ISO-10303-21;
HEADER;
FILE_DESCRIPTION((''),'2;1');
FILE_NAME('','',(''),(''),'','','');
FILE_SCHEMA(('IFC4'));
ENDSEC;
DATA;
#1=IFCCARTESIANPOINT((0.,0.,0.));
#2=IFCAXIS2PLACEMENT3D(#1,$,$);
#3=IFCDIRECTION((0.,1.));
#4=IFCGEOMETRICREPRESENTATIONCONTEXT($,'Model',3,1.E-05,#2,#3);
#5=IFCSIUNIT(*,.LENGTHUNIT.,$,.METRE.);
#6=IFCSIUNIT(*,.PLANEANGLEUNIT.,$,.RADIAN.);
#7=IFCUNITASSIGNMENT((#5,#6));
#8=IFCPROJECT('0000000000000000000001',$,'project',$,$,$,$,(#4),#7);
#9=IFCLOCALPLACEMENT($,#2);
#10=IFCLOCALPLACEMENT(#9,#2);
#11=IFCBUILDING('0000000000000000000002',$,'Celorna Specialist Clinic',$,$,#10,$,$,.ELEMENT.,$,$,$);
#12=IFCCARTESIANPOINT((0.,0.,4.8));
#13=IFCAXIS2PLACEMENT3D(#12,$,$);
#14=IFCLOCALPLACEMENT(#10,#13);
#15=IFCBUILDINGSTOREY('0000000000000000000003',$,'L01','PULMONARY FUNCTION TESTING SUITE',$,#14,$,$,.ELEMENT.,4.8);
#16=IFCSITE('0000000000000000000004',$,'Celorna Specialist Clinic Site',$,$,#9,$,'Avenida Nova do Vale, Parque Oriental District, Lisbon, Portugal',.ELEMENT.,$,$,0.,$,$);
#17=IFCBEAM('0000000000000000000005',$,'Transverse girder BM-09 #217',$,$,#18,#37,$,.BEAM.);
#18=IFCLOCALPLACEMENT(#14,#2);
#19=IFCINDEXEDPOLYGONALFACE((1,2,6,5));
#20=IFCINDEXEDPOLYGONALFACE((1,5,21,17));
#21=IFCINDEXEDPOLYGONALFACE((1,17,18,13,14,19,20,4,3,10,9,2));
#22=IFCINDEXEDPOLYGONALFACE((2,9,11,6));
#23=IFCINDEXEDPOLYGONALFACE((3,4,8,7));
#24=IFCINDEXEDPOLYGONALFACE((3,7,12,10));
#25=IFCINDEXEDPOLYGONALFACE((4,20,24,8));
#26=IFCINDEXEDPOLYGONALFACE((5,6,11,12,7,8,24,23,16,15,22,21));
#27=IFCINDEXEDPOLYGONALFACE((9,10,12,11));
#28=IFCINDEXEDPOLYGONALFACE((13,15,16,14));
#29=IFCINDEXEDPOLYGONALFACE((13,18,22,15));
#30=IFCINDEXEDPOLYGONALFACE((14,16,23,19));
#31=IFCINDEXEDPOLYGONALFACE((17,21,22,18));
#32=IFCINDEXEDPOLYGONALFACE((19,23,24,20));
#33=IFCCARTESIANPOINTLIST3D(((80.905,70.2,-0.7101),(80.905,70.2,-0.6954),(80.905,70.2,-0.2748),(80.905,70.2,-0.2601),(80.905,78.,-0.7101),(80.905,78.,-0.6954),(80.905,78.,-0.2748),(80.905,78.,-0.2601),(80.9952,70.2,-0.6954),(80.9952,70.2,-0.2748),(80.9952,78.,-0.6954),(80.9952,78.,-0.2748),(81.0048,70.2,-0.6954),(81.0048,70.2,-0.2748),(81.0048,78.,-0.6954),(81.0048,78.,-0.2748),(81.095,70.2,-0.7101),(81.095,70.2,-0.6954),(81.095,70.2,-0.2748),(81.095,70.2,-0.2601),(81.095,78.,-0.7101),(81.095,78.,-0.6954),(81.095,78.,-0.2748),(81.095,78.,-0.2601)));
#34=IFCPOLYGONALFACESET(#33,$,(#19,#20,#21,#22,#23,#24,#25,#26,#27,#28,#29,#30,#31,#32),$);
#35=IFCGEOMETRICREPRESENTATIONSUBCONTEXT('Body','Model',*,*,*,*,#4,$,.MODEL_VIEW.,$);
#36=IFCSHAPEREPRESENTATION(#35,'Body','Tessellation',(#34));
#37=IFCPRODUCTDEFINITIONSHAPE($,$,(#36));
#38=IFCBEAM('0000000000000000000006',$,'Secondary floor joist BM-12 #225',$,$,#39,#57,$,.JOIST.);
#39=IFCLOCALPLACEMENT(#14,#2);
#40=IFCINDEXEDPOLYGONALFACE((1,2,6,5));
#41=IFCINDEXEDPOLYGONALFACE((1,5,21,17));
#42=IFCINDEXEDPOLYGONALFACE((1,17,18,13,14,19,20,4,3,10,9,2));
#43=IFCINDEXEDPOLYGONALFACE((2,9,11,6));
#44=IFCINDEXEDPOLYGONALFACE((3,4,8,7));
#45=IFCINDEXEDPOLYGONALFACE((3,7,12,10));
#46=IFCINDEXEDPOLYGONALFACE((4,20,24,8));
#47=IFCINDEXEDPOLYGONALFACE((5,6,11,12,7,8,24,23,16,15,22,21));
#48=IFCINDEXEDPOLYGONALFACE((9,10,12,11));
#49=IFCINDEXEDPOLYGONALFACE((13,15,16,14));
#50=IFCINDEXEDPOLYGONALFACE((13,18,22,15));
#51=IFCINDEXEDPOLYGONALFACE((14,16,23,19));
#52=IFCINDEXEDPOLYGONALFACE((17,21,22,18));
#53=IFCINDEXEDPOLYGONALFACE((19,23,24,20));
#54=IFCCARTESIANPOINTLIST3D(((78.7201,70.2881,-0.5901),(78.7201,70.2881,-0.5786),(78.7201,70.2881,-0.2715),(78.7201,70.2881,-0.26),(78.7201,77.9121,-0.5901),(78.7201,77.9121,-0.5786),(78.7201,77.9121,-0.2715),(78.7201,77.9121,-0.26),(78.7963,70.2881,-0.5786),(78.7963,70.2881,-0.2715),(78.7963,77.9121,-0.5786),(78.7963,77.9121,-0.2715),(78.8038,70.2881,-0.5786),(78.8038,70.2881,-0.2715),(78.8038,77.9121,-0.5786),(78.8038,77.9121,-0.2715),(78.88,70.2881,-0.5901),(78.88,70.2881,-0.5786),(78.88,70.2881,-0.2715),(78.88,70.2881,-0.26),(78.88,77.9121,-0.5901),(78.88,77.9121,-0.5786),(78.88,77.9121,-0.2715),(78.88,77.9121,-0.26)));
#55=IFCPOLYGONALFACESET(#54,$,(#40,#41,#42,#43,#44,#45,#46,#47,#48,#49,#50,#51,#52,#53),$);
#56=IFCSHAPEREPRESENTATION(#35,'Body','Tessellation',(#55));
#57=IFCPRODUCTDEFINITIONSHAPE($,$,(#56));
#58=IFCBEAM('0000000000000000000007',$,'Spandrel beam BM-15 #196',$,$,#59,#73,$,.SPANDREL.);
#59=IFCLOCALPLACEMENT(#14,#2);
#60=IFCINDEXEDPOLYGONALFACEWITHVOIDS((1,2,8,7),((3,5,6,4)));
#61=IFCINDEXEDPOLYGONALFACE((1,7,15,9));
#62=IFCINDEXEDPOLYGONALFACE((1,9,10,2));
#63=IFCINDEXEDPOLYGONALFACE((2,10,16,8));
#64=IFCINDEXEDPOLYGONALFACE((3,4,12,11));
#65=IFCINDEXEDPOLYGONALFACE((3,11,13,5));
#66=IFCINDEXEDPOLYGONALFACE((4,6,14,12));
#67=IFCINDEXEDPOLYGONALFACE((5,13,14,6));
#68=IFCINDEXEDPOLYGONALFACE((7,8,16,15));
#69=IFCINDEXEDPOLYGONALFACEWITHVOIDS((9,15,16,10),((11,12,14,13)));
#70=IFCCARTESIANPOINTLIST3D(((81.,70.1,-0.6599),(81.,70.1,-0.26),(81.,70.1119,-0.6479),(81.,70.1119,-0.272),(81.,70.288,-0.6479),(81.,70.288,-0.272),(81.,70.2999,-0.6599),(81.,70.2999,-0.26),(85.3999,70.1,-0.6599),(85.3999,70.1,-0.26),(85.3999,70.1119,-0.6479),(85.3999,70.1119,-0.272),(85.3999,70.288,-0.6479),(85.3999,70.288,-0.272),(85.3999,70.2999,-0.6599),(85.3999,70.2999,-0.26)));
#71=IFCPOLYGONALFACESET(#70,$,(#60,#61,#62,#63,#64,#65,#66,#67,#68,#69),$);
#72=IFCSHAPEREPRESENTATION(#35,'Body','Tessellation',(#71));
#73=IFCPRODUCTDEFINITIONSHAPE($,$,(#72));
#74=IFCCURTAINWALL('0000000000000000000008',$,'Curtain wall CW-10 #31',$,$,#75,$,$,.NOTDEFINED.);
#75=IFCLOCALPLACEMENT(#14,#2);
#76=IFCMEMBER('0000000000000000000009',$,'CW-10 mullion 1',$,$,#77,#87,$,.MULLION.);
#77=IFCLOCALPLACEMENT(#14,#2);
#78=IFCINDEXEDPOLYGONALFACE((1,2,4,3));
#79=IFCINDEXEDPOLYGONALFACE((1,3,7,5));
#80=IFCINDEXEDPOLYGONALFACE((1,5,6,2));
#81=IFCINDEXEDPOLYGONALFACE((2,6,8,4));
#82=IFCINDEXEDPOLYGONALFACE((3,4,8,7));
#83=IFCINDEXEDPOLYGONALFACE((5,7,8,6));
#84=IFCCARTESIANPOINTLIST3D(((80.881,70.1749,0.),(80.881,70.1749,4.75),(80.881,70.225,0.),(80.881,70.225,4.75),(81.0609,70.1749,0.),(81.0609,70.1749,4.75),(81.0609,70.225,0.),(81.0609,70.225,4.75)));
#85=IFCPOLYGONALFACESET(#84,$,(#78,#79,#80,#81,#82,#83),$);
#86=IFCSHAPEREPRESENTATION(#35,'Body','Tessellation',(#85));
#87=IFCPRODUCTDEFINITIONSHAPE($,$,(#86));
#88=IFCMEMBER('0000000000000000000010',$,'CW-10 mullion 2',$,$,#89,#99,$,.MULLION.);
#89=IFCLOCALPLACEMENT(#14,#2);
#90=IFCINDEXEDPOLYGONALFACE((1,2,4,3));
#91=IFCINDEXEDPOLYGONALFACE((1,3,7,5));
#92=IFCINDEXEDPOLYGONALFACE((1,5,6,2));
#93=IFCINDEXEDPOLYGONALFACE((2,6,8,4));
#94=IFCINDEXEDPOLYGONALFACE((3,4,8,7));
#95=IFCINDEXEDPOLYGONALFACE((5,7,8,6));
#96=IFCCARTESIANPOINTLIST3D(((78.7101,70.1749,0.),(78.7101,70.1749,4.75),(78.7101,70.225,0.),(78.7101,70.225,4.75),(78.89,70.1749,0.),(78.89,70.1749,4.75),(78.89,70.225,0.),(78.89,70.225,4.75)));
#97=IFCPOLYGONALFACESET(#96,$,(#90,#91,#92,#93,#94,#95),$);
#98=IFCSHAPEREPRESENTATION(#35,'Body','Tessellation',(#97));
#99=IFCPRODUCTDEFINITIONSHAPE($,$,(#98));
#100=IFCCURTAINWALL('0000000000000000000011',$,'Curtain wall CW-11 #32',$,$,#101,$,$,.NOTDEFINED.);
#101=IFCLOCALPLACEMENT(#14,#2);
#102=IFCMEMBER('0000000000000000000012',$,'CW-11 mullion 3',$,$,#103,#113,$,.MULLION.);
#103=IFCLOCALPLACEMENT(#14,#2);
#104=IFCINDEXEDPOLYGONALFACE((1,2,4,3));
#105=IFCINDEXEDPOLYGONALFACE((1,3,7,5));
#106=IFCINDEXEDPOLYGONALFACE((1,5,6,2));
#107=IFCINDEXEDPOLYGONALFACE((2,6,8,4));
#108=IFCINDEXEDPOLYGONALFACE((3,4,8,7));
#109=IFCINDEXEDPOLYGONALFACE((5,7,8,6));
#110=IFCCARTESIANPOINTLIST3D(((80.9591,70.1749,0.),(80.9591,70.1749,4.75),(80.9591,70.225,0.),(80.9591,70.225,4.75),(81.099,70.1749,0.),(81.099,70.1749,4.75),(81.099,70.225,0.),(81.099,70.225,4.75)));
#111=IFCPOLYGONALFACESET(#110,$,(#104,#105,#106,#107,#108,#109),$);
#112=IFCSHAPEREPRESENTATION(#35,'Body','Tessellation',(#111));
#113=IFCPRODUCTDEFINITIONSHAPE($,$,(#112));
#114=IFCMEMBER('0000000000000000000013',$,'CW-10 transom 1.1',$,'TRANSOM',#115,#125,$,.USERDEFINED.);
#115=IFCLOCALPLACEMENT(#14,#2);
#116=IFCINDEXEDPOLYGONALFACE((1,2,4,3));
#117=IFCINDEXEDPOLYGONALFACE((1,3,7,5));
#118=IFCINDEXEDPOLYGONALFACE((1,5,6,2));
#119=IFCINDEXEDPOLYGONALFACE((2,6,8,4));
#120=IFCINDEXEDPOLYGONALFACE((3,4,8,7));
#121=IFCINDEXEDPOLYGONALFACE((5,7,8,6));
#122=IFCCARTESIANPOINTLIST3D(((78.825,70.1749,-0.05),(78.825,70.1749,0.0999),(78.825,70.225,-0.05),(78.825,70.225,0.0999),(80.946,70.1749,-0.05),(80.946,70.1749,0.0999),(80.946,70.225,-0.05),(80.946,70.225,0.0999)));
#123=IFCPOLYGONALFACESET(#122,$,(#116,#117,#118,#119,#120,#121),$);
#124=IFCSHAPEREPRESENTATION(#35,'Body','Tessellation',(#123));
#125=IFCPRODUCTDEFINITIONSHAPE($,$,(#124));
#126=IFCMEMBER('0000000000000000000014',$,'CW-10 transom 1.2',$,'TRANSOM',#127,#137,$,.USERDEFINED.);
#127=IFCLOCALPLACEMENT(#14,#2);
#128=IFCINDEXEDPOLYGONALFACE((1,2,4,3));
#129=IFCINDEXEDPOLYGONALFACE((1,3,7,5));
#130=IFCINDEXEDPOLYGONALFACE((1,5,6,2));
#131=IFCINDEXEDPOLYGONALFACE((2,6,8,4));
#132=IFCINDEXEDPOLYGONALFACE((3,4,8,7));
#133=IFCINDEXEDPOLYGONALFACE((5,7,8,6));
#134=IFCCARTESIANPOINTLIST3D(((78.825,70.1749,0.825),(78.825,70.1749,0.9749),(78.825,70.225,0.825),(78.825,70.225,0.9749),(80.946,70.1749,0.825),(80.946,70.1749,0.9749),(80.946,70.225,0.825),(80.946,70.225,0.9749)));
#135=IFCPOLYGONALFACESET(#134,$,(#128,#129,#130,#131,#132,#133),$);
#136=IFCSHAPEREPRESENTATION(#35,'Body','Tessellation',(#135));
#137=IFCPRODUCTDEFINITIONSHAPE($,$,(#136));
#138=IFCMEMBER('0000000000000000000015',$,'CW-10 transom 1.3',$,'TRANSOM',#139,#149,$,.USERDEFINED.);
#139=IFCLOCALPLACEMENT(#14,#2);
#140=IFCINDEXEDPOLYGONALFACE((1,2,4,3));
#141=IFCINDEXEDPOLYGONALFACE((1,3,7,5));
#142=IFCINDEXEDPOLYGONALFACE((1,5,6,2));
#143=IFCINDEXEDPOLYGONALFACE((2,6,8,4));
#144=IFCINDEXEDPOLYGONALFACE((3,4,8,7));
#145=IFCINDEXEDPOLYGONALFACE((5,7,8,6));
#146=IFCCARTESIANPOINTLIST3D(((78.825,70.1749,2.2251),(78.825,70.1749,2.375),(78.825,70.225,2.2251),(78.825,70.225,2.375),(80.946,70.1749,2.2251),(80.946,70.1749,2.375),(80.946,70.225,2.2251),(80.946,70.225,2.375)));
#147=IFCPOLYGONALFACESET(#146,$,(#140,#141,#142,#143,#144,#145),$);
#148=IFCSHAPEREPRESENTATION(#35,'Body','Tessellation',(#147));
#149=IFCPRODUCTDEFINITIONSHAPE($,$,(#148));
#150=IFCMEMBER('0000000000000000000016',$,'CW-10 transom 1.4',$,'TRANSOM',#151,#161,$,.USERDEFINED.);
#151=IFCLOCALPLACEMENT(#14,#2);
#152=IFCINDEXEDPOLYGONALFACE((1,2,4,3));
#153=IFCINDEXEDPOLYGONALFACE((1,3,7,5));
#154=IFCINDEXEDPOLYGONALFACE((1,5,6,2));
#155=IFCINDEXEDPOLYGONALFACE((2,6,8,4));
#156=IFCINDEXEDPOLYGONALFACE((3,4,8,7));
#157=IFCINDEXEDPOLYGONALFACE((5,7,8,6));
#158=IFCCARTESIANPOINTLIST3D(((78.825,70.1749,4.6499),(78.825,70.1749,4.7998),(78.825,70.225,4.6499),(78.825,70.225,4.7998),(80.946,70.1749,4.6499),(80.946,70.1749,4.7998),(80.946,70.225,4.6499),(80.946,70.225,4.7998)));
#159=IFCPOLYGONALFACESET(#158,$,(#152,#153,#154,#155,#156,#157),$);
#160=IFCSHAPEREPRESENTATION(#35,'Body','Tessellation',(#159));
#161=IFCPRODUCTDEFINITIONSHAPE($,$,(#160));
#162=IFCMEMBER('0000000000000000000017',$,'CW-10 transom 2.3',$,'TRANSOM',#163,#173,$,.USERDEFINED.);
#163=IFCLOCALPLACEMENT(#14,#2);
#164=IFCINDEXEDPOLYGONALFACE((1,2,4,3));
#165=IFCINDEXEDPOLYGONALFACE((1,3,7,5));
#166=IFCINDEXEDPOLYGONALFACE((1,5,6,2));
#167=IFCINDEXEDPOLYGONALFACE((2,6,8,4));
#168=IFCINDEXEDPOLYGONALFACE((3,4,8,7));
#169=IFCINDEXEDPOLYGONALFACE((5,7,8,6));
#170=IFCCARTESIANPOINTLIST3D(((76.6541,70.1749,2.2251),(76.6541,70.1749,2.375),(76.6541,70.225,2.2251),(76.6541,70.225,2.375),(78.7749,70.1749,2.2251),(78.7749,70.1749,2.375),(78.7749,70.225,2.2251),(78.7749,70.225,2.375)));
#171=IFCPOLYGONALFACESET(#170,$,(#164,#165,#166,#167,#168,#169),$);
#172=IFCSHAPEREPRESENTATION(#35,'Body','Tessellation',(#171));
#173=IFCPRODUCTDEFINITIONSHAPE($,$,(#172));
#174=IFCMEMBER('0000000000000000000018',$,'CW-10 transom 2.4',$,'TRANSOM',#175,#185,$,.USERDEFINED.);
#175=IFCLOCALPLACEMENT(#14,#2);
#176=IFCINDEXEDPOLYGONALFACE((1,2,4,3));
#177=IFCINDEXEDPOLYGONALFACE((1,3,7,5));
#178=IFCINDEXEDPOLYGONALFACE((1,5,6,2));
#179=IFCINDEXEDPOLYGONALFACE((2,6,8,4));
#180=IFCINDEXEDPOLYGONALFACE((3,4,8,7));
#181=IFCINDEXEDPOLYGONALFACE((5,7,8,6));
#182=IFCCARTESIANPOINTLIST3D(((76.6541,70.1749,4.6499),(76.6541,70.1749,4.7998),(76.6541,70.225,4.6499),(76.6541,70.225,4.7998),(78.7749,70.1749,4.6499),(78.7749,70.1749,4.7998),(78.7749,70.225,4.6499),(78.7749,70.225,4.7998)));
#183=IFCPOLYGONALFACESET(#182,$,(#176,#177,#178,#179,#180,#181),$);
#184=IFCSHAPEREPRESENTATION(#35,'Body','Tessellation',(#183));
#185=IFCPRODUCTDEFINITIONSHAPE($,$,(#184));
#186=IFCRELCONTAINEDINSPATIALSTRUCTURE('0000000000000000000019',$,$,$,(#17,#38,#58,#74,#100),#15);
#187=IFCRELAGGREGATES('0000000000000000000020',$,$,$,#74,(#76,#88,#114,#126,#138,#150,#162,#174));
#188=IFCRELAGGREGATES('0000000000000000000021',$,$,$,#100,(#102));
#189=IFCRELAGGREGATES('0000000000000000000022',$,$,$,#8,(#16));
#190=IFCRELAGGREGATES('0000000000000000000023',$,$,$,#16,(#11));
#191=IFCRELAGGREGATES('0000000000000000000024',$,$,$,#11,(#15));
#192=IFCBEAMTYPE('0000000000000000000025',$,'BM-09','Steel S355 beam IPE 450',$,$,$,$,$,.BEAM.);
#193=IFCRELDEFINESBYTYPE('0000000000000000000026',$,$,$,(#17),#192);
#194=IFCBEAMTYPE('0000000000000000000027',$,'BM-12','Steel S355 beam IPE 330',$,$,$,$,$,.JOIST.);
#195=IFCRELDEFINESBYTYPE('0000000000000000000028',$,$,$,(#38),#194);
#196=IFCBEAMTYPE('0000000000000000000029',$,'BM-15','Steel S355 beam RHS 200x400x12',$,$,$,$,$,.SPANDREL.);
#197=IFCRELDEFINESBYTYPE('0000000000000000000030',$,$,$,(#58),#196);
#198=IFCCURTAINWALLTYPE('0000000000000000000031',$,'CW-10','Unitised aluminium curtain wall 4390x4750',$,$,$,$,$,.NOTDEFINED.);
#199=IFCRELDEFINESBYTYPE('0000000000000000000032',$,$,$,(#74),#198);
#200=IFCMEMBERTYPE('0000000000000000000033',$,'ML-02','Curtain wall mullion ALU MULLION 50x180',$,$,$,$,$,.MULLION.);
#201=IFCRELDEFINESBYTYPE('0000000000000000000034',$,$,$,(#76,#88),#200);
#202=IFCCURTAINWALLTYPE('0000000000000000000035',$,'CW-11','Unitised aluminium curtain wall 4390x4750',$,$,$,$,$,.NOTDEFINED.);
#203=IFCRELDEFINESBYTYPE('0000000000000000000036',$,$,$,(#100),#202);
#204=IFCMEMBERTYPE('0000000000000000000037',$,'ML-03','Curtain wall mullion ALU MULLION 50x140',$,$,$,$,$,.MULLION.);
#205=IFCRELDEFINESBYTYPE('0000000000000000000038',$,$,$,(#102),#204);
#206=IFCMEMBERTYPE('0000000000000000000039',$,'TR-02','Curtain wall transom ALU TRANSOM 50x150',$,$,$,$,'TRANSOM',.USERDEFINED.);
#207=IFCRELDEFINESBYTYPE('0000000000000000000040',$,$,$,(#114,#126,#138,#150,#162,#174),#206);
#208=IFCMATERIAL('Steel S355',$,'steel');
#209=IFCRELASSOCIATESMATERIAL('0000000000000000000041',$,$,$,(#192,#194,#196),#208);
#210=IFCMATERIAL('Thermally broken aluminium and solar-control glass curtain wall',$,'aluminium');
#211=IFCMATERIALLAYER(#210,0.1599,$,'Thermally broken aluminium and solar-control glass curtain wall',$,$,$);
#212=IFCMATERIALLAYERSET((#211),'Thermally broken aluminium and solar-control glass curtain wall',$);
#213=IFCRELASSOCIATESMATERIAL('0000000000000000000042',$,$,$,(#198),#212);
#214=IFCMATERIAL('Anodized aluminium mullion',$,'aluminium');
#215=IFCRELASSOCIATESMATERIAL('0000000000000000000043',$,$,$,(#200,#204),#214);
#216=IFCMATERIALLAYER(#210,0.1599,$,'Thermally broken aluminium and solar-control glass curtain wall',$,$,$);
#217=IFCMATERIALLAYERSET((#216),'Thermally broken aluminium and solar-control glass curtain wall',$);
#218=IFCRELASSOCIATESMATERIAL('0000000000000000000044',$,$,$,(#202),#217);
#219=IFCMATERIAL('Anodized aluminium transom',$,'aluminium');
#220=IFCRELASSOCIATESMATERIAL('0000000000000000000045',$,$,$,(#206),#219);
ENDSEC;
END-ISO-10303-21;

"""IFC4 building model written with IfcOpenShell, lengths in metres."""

from ifc_helpers import new_model, si_unit, direction, frame, origin, origin_2d, place, context, subcontext, project, spatial, rectangle, hollow_rectangle, i_section, extrude, material, layer, layer_set, material_profile, profile_set, type_object, element, aggregate, save


model = new_model("IFC4")

# Units and contexts
model_context = context("Model", 3, precision=1e-05, world=origin(), true_north=direction((0.0, 1.0)))
body_context = subcontext(model_context, "Body", "Model", "MODEL_VIEW")
ifc_project = project(units=[si_unit("LENGTHUNIT", "METRE"), si_unit("PLANEANGLEUNIT", "RADIAN")], contexts=[model_context])

# Site, building, storey
site_placement = place(None, origin())
site = spatial("IfcSite", under=ifc_project, at=site_placement, Name="Celorna Specialist Clinic Site", LongName="Avenida Nova do Vale, Parque Oriental District, Lisbon, Portugal", CompositionType="ELEMENT", RefElevation=0.0)
building_placement = place(site_placement, origin())
building = spatial("IfcBuilding", under=site, at=building_placement, Name="Celorna Specialist Clinic", CompositionType="ELEMENT")
storey_placement = place(building_placement, frame((0.0, 0.0, 4.8)))
storey = spatial("IfcBuildingStorey", under=building, at=storey_placement, Name="L01", Description="PULMONARY FUNCTION TESTING SUITE", CompositionType="ELEMENT", Elevation=4.8)

# Beams
ifc_material_1 = material(Name="Steel S355", Category="steel")
ifc_material_profile_1 = material_profile(ifc_material_1, i_section(OverallWidth=0.1899, OverallDepth=0.45, WebThickness=0.0095, FlangeThickness=0.0146, at=origin_2d()), Name="IPE 450")
ifc_profile_set_1 = profile_set([ifc_material_profile_1], Name="Steel S355")
beam_type_1 = type_object("IfcBeamType", Name="BM-09", Description="Steel S355 beam IPE 450", PredefinedType="BEAM", material=ifc_profile_set_1)
beam_1_placement = place(storey_placement, frame((81.0, 70.2, -0.4851), z_axis=(0.0, 1.0, 0.0), x_axis=(-1.0, 0.0, 0.0)))
element("IfcBeam", 1, at=beam_1_placement, inside=storey, type_object=beam_type_1, Name="Transverse girder BM-09 #217", PredefinedType="BEAM", context=body_context, shape_type="SweptSolid", body=[
    extrude(i_section(OverallWidth=0.1899, OverallDepth=0.45, WebThickness=0.0095, FlangeThickness=0.0146, at=origin_2d()), origin(), (0.0, 0.0, 1.0), 7.8),
])
ifc_material_profile_2 = material_profile(ifc_material_1, i_section(OverallWidth=0.1599, OverallDepth=0.3301, WebThickness=0.0076, FlangeThickness=0.0115, at=origin_2d()), Name="IPE 330")
ifc_profile_set_2 = profile_set([ifc_material_profile_2], Name="Steel S355")
beam_type_2 = type_object("IfcBeamType", Name="BM-12", Description="Steel S355 beam IPE 330", PredefinedType="JOIST", material=ifc_profile_set_2)
beam_2_placement = place(storey_placement, frame((78.8, 70.2881, -0.425), z_axis=(0.0, 1.0, 0.0), x_axis=(-1.0, 0.0, 0.0)))
element("IfcBeam", 2, at=beam_2_placement, inside=storey, type_object=beam_type_2, Name="Secondary floor joist BM-12 #225", PredefinedType="JOIST", context=body_context, shape_type="SweptSolid", body=[
    extrude(i_section(OverallWidth=0.1599, OverallDepth=0.3301, WebThickness=0.0076, FlangeThickness=0.0115, at=origin_2d()), origin(), (0.0, 0.0, 1.0), 7.624),
])
ifc_material_profile_3 = material_profile(ifc_material_1, hollow_rectangle(XDim=0.2, YDim=0.3999, WallThickness=0.012, at=origin_2d()), Name="RHS 200x400x12")
ifc_profile_set_3 = profile_set([ifc_material_profile_3], Name="Steel S355")
beam_type_3 = type_object("IfcBeamType", Name="BM-15", Description="Steel S355 beam RHS 200x400x12", PredefinedType="SPANDREL", material=ifc_profile_set_3)
beam_3_placement = place(storey_placement, frame((81.0, 70.2, -0.46), z_axis=(1.0, 0.0, 0.0), x_axis=(0.0, 1.0, 0.0)))
element("IfcBeam", 3, at=beam_3_placement, inside=storey, type_object=beam_type_3, Name="Spandrel beam BM-15 #196", PredefinedType="SPANDREL", context=body_context, shape_type="SweptSolid", body=[
    extrude(hollow_rectangle(XDim=0.2, YDim=0.3999, WallThickness=0.012, at=origin_2d()), origin(), (0.0, 0.0, 1.0), 4.3999),
])

# Curtain wall, members
ifc_material_2 = material(Name="Thermally broken aluminium and solar-control glass curtain wall", Category="aluminium")
ifc_layer_1 = layer(ifc_material_2, 0.1599, Name="Thermally broken aluminium and solar-control glass curtain wall")
ifc_layer_set_1 = layer_set([ifc_layer_1], Name="Thermally broken aluminium and solar-control glass curtain wall")
curtain_wall_type_1 = type_object("IfcCurtainWallType", Name="CW-10", Description="Unitised aluminium curtain wall 4390x4750", PredefinedType="NOTDEFINED", material=ifc_layer_set_1)
curtain_wall_1_placement = place(storey_placement, origin())
curtain_wall_1 = element("IfcCurtainWall", 4, at=curtain_wall_1_placement, inside=storey, type_object=curtain_wall_type_1, Name="Curtain wall CW-10 #31", PredefinedType="NOTDEFINED")
ifc_material_3 = material(Name="Anodized aluminium mullion", Category="aluminium")
ifc_material_profile_4 = material_profile(ifc_material_3, rectangle(XDim=0.05, YDim=0.1799, at=origin_2d()), Name="ALU MULLION 50x180")
ifc_profile_set_4 = profile_set([ifc_material_profile_4], Name="Anodized aluminium mullion")
member_type_1 = type_object("IfcMemberType", Name="ML-02", Description="Curtain wall mullion ALU MULLION 50x180", PredefinedType="MULLION", material=ifc_profile_set_4)
member_1_placement = place(storey_placement, frame((80.9709, 70.2, 0.0), z_axis=(0.0, 0.0, 1.0), x_axis=(0.0, -1.0, 0.0)))
member_1 = element("IfcMember", 5, at=member_1_placement, type_object=member_type_1, Name="CW-10 mullion 1", PredefinedType="MULLION", context=body_context, shape_type="SweptSolid", body=[
    extrude(rectangle(XDim=0.05, YDim=0.1799, at=origin_2d()), origin(), (0.0, 0.0, 1.0), 4.75),
])
member_2_placement = place(storey_placement, frame((78.8, 70.2, 0.0), z_axis=(0.0, 0.0, 1.0), x_axis=(0.0, -1.0, 0.0)))
member_2 = element("IfcMember", 6, at=member_2_placement, type_object=member_type_1, Name="CW-10 mullion 2", PredefinedType="MULLION", context=body_context, shape_type="SweptSolid", body=[
    extrude(rectangle(XDim=0.05, YDim=0.1799, at=origin_2d()), origin(), (0.0, 0.0, 1.0), 4.75),
])

# Curtain wall, member
ifc_layer_2 = layer(ifc_material_2, 0.1599, Name="Thermally broken aluminium and solar-control glass curtain wall")
ifc_layer_set_2 = layer_set([ifc_layer_2], Name="Thermally broken aluminium and solar-control glass curtain wall")
curtain_wall_type_2 = type_object("IfcCurtainWallType", Name="CW-11", Description="Unitised aluminium curtain wall 4390x4750", PredefinedType="NOTDEFINED", material=ifc_layer_set_2)
curtain_wall_2_placement = place(storey_placement, origin())
curtain_wall_2 = element("IfcCurtainWall", 7, at=curtain_wall_2_placement, inside=storey, type_object=curtain_wall_type_2, Name="Curtain wall CW-11 #32", PredefinedType="NOTDEFINED")
ifc_material_profile_5 = material_profile(ifc_material_3, rectangle(XDim=0.05, YDim=0.1399, at=origin_2d()), Name="ALU MULLION 50x140")
ifc_profile_set_5 = profile_set([ifc_material_profile_5], Name="Anodized aluminium mullion")
member_type_2 = type_object("IfcMemberType", Name="ML-03", Description="Curtain wall mullion ALU MULLION 50x140", PredefinedType="MULLION", material=ifc_profile_set_5)
member_3_placement = place(storey_placement, frame((81.0291, 70.2, 0.0), z_axis=(0.0, 0.0, 1.0), x_axis=(0.0, -1.0, 0.0)))
member_3 = element("IfcMember", 8, at=member_3_placement, type_object=member_type_2, Name="CW-11 mullion 3", PredefinedType="MULLION", context=body_context, shape_type="SweptSolid", body=[
    extrude(rectangle(XDim=0.05, YDim=0.1399, at=origin_2d()), origin(), (0.0, 0.0, 1.0), 4.75),
])

# Members
ifc_material_4 = material(Name="Anodized aluminium transom", Category="aluminium")
ifc_material_profile_6 = material_profile(ifc_material_4, rectangle(XDim=0.05, YDim=0.1499, at=origin_2d()), Name="ALU TRANSOM 50x150")
ifc_profile_set_6 = profile_set([ifc_material_profile_6], Name="Anodized aluminium transom")
member_type_3 = type_object("IfcMemberType", Name="TR-02", Description="Curtain wall transom ALU TRANSOM 50x150", ElementType="TRANSOM", PredefinedType="USERDEFINED", material=ifc_profile_set_6)
member_4_placement = place(storey_placement, frame((80.946, 70.2, 0.0249), z_axis=(-1.0, 0.0, 0.0), x_axis=(0.0, -1.0, 0.0)))
member_4 = element("IfcMember", 9, at=member_4_placement, type_object=member_type_3, Name="CW-10 transom 1.1", ObjectType="TRANSOM", PredefinedType="USERDEFINED", context=body_context, shape_type="SweptSolid", body=[
    extrude(rectangle(XDim=0.05, YDim=0.1499, at=origin_2d()), origin(), (0.0, 0.0, 1.0), 2.1211),
])
member_5_placement = place(storey_placement, frame((80.946, 70.2, 0.8999), z_axis=(-1.0, 0.0, 0.0), x_axis=(0.0, -1.0, 0.0)))
member_5 = element("IfcMember", 10, at=member_5_placement, type_object=member_type_3, Name="CW-10 transom 1.2", ObjectType="TRANSOM", PredefinedType="USERDEFINED", context=body_context, shape_type="SweptSolid", body=[
    extrude(rectangle(XDim=0.05, YDim=0.1499, at=origin_2d()), origin(), (0.0, 0.0, 1.0), 2.1211),
])
member_6_placement = place(storey_placement, frame((80.946, 70.2, 2.3), z_axis=(-1.0, 0.0, 0.0), x_axis=(0.0, -1.0, 0.0)))
member_6 = element("IfcMember", 11, at=member_6_placement, type_object=member_type_3, Name="CW-10 transom 1.3", ObjectType="TRANSOM", PredefinedType="USERDEFINED", context=body_context, shape_type="SweptSolid", body=[
    extrude(rectangle(XDim=0.05, YDim=0.1499, at=origin_2d()), origin(), (0.0, 0.0, 1.0), 2.1211),
])
member_7_placement = place(storey_placement, frame((80.946, 70.2, 4.7249), z_axis=(-1.0, 0.0, 0.0), x_axis=(0.0, -1.0, 0.0)))
member_7 = element("IfcMember", 12, at=member_7_placement, type_object=member_type_3, Name="CW-10 transom 1.4", ObjectType="TRANSOM", PredefinedType="USERDEFINED", context=body_context, shape_type="SweptSolid", body=[
    extrude(rectangle(XDim=0.05, YDim=0.1499, at=origin_2d()), origin(), (0.0, 0.0, 1.0), 2.1211),
])
member_8_placement = place(storey_placement, frame((78.7749, 70.2, 2.3), z_axis=(-1.0, 0.0, 0.0), x_axis=(0.0, -1.0, 0.0)))
member_8 = element("IfcMember", 13, at=member_8_placement, type_object=member_type_3, Name="CW-10 transom 2.3", ObjectType="TRANSOM", PredefinedType="USERDEFINED", context=body_context, shape_type="SweptSolid", body=[
    extrude(rectangle(XDim=0.05, YDim=0.1499, at=origin_2d()), origin(), (0.0, 0.0, 1.0), 2.1208),
])
member_9_placement = place(storey_placement, frame((78.7749, 70.2, 4.7249), z_axis=(-1.0, 0.0, 0.0), x_axis=(0.0, -1.0, 0.0)))
member_9 = element("IfcMember", 14, at=member_9_placement, type_object=member_type_3, Name="CW-10 transom 2.4", ObjectType="TRANSOM", PredefinedType="USERDEFINED", context=body_context, shape_type="SweptSolid", body=[
    extrude(rectangle(XDim=0.05, YDim=0.1499, at=origin_2d()), origin(), (0.0, 0.0, 1.0), 2.1208),
])

aggregate(curtain_wall_1, [member_1, member_2, member_4, member_5, member_6, member_7, member_8, member_9])
aggregate(curtain_wall_2, [member_3])

save(model, "model.ifc")
